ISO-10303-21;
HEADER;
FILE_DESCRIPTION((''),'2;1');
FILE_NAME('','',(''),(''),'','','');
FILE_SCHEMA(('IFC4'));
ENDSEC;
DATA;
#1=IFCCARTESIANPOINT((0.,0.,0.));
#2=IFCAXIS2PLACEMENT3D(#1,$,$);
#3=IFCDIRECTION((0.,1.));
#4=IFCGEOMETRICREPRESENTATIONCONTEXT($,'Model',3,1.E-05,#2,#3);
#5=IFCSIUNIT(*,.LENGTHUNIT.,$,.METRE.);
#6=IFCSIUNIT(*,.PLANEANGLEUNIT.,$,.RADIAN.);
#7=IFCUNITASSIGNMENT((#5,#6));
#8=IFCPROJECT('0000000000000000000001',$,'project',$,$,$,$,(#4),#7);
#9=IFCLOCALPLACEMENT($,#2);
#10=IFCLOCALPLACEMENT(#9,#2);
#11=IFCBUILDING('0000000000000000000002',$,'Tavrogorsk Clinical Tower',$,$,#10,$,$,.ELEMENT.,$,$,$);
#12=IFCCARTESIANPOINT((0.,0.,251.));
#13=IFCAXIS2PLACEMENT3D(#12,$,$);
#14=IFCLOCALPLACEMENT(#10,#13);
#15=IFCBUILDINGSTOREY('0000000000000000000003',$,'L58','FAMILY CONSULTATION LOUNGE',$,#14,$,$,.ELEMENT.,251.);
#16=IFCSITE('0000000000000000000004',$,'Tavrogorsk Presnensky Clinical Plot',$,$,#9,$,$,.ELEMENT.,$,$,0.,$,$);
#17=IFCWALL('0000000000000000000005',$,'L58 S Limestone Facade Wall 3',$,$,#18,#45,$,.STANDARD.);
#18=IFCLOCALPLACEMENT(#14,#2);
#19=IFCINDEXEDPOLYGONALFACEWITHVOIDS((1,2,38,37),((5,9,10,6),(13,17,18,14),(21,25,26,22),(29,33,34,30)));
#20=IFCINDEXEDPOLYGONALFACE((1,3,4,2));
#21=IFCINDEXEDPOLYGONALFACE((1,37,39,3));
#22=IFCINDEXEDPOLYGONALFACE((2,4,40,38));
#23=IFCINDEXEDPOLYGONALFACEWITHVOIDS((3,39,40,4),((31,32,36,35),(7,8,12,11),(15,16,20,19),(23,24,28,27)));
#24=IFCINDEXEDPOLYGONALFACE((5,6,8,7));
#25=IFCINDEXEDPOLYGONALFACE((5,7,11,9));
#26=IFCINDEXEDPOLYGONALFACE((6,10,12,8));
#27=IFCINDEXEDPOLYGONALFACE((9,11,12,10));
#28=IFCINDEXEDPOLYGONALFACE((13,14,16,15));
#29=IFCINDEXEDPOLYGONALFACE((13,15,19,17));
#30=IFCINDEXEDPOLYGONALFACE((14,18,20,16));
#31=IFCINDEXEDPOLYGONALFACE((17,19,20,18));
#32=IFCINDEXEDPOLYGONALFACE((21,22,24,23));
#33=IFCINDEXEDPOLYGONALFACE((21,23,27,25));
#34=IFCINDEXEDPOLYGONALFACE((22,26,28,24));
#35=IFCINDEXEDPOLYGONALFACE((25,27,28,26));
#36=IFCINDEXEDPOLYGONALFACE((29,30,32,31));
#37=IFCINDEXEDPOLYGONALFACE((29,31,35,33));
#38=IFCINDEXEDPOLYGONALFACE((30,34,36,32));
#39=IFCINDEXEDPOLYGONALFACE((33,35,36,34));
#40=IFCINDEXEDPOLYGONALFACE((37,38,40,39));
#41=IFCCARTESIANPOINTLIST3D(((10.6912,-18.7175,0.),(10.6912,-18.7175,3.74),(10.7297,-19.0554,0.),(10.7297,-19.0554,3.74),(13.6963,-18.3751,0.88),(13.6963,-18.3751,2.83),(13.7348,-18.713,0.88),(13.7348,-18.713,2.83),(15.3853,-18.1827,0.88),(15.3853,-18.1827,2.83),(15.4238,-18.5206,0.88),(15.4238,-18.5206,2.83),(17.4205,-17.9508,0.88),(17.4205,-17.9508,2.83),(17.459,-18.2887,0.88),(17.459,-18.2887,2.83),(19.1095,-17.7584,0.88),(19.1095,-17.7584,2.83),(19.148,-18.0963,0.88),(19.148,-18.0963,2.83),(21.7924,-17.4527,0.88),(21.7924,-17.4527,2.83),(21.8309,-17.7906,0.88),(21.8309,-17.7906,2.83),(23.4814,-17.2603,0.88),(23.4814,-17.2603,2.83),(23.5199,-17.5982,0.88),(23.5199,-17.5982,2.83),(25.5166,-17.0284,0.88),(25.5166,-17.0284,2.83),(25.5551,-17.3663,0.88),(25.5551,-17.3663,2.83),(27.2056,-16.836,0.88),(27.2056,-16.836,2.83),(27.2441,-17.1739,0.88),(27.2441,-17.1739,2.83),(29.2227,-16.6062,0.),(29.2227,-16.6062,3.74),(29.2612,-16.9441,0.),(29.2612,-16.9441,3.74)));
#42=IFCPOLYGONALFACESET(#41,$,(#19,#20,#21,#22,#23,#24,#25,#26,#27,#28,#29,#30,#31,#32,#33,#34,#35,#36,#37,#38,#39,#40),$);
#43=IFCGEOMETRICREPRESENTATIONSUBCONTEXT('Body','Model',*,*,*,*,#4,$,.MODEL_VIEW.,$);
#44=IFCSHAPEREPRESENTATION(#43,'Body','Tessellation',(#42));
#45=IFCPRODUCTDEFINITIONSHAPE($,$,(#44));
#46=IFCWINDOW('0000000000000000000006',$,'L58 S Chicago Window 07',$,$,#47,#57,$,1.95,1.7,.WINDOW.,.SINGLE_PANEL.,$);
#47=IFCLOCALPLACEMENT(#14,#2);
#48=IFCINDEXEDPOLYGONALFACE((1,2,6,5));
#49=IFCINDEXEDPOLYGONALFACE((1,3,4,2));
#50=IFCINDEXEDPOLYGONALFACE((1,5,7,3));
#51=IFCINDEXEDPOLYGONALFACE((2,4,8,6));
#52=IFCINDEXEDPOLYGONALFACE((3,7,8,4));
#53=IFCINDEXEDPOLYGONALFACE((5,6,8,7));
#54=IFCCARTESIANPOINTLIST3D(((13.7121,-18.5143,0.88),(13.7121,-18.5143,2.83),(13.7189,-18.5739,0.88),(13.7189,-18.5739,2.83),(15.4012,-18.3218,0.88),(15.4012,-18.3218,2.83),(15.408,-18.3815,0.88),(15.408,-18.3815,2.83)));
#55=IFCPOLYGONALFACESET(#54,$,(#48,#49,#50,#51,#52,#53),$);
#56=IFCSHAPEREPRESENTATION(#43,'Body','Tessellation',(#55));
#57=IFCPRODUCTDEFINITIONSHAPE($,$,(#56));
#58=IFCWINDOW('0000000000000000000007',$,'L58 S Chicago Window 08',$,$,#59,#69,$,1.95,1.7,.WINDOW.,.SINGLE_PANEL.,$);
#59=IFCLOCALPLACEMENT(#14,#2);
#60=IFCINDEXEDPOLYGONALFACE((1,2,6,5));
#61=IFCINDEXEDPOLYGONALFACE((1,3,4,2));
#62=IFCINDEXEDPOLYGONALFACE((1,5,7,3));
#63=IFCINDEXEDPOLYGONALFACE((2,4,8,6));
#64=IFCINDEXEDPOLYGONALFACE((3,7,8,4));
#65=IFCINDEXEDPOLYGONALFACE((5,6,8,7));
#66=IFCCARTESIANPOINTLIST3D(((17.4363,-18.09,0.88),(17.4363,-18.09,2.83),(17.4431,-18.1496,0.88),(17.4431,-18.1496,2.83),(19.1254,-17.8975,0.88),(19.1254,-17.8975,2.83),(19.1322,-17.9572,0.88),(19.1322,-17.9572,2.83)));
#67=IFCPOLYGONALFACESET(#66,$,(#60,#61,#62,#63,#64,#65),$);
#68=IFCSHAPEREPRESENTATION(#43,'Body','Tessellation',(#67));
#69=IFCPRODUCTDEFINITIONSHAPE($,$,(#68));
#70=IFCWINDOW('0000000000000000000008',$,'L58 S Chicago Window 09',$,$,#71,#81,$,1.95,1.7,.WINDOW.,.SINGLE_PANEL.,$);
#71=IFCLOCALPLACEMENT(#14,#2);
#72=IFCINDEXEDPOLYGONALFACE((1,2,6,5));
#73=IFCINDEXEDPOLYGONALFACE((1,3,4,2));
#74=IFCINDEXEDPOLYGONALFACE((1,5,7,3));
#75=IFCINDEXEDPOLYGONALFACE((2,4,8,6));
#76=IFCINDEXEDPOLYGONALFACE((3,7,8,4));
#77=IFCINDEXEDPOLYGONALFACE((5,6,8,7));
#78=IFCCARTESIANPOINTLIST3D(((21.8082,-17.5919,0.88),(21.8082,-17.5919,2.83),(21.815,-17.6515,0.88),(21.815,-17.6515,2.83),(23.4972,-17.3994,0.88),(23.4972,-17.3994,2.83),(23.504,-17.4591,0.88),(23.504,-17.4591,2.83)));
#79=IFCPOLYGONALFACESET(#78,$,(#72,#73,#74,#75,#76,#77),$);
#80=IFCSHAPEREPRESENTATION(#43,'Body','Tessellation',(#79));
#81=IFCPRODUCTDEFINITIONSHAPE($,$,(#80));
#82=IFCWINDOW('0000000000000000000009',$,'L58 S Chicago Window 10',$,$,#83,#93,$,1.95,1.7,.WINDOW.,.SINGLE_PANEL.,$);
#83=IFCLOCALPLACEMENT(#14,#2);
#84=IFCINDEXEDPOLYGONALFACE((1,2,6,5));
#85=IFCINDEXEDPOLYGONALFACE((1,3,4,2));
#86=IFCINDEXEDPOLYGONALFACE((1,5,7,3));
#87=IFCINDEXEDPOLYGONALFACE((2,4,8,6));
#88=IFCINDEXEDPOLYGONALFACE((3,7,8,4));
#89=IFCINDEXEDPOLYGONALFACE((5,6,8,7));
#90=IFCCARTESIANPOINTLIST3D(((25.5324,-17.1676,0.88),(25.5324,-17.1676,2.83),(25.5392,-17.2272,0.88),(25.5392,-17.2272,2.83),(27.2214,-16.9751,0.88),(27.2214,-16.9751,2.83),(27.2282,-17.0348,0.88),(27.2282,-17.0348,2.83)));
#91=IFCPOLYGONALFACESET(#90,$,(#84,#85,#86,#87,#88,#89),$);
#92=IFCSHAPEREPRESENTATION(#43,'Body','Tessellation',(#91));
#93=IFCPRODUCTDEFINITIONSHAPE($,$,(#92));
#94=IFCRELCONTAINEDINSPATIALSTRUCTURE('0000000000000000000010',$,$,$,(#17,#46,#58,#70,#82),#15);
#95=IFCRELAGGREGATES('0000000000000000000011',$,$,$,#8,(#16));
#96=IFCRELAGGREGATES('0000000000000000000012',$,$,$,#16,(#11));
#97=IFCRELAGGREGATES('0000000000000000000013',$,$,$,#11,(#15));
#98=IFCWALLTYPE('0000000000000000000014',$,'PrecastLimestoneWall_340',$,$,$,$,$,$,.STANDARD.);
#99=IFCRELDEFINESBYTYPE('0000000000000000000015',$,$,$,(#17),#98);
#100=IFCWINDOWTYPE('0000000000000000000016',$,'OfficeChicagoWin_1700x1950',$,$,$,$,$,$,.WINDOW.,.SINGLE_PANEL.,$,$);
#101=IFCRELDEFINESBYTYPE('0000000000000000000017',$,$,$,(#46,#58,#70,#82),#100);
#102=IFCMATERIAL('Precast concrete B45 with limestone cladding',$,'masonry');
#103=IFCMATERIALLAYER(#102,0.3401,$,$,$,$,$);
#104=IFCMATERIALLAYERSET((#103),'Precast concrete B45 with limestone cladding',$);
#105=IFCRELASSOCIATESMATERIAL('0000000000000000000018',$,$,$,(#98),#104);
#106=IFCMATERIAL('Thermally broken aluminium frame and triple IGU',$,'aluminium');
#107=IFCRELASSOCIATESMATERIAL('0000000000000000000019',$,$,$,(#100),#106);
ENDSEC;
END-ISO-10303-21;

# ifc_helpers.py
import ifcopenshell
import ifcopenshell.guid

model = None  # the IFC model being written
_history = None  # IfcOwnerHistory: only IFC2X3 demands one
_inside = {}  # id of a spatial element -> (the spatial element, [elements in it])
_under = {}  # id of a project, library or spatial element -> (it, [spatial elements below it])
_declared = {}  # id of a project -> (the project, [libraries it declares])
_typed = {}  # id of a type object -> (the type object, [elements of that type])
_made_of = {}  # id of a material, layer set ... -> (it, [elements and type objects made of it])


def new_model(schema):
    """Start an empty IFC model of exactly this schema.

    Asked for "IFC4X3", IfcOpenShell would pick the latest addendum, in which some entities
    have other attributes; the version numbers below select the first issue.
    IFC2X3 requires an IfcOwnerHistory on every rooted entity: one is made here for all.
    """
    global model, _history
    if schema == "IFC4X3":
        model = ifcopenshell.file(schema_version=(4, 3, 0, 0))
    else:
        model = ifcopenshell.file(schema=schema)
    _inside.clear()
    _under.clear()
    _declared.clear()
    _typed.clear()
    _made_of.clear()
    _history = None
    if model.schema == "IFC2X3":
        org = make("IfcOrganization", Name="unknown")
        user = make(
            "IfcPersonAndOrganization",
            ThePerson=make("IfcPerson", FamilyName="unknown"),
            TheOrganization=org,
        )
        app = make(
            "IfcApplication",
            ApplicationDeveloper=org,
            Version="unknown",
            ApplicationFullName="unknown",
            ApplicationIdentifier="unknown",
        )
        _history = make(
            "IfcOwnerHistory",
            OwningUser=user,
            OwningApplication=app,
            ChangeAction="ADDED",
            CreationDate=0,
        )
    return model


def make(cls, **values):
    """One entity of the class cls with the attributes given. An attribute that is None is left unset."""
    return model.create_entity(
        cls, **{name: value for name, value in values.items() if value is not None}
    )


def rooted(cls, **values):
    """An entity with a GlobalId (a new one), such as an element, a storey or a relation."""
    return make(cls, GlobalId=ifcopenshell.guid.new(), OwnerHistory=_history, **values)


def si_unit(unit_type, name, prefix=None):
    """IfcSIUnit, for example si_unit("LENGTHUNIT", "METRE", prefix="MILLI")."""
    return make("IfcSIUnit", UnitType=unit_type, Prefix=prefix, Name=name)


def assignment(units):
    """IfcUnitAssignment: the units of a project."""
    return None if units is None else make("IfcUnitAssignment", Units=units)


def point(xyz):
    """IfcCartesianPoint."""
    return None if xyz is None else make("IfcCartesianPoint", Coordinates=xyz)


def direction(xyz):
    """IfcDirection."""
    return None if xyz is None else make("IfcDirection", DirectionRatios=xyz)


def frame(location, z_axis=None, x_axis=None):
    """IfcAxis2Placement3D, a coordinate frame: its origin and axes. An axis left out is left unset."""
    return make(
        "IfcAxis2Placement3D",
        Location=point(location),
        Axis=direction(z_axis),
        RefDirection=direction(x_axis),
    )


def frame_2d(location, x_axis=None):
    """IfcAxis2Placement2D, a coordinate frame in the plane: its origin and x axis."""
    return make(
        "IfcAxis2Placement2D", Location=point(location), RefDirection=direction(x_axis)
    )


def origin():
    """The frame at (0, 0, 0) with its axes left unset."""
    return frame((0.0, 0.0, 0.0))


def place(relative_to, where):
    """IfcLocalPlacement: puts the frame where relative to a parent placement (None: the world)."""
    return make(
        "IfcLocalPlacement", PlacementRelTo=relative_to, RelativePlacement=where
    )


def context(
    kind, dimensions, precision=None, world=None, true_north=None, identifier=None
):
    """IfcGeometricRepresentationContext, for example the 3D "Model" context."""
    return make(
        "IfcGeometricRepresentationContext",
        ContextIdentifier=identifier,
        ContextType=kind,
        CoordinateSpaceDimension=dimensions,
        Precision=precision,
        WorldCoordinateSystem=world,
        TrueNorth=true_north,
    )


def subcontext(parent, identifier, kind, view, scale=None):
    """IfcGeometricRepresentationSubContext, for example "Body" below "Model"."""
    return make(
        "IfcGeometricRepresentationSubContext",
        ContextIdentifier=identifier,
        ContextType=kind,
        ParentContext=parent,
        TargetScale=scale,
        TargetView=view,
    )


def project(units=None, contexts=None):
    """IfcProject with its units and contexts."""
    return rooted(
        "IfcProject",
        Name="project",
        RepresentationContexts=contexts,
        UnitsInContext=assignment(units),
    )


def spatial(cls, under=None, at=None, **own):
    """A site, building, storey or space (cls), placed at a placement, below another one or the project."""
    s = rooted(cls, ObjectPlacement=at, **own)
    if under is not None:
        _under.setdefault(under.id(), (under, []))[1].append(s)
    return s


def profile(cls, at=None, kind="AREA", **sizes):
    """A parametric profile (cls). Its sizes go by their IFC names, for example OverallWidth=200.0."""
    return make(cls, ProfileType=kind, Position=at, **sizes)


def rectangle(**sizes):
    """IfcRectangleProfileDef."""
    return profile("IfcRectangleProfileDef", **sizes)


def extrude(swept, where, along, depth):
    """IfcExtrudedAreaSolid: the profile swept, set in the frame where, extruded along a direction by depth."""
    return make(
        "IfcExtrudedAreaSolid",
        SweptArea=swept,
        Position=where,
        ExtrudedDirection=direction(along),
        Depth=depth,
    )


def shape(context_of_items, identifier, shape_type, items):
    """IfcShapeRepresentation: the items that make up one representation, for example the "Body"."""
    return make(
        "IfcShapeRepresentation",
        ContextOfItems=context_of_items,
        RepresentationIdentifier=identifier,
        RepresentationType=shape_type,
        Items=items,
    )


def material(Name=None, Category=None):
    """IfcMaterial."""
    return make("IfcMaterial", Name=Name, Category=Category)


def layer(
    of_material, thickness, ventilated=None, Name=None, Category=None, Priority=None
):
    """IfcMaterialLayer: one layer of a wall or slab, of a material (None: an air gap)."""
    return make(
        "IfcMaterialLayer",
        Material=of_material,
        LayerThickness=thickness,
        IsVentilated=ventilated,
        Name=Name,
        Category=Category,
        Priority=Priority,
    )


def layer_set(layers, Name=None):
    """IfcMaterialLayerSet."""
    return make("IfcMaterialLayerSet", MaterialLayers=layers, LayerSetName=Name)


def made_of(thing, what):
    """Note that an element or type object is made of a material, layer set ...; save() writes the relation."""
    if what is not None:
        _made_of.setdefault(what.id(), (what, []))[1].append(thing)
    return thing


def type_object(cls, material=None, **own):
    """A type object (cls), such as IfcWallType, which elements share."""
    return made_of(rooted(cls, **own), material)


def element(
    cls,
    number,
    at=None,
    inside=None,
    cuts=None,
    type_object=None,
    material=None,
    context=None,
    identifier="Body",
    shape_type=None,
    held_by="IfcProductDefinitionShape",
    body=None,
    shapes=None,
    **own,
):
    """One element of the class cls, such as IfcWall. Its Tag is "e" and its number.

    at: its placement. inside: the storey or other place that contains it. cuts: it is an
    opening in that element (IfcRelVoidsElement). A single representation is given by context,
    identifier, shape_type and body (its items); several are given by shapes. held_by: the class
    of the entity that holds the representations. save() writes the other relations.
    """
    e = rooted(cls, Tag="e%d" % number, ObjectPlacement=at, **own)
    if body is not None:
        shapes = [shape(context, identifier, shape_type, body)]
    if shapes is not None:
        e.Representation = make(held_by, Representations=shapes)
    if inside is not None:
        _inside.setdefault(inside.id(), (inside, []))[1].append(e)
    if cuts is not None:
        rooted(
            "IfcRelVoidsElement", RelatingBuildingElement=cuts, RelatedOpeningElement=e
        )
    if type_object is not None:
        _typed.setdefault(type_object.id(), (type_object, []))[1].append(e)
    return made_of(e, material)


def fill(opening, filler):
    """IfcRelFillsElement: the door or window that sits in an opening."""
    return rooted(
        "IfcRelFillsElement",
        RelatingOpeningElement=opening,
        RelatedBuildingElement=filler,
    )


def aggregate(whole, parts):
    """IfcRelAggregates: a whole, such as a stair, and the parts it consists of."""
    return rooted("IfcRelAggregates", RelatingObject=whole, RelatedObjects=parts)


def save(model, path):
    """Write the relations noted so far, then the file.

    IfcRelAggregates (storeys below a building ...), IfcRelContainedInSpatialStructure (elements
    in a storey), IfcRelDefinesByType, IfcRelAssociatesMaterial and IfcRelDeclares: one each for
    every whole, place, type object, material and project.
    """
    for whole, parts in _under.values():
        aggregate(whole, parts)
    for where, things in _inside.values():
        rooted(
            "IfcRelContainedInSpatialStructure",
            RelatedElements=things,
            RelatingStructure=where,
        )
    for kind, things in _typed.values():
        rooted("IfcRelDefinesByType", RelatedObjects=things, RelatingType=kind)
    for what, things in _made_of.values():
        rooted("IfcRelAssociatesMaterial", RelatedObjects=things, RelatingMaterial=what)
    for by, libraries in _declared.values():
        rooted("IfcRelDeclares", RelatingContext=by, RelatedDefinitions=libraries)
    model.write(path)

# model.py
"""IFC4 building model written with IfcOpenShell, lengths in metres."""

from ifc_helpers import new_model, si_unit, direction, frame, frame_2d, origin, place, context, subcontext, project, spatial, rectangle, extrude, material, layer, layer_set, type_object, element, fill, save


model = new_model("IFC4")

# Units and contexts
model_context = context("Model", 3, precision=1e-05, world=origin(), true_north=direction((0.0, 1.0)))
body_context = subcontext(model_context, "Body", "Model", "MODEL_VIEW")
ifc_project = project(units=[si_unit("LENGTHUNIT", "METRE"), si_unit("PLANEANGLEUNIT", "RADIAN")], contexts=[model_context])

# Site, building, storey
site_placement = place(None, origin())
site = spatial("IfcSite", under=ifc_project, at=site_placement, Name="Tavrogorsk Presnensky Clinical Plot", CompositionType="ELEMENT", RefElevation=0.0)
building_placement = place(site_placement, origin())
building = spatial("IfcBuilding", under=site, at=building_placement, Name="Tavrogorsk Clinical Tower", CompositionType="ELEMENT")
storey_placement = place(building_placement, frame((0.0, 0.0, 251.0)))
storey = spatial("IfcBuildingStorey", under=building, at=storey_placement, Name="L58", Description="FAMILY CONSULTATION LOUNGE", CompositionType="ELEMENT", Elevation=251.0)

# Wall, openings, windows
ifc_material_1 = material(Name="Precast concrete B45 with limestone cladding", Category="masonry")
ifc_layer_1 = layer(ifc_material_1, 0.3401)
ifc_layer_set_1 = layer_set([ifc_layer_1], Name="Precast concrete B45 with limestone cladding")
wall_type_1 = type_object("IfcWallType", Name="PrecastLimestoneWall_340", PredefinedType="STANDARD", material=ifc_layer_set_1)
wall_1_placement = place(storey_placement, frame((10.7104, -18.8865, 0.0), z_axis=(0.0, 0.0, 1.0), x_axis=(0.993572, 0.1132, 0.0)))
wall_1 = element("IfcWall", 1, at=wall_1_placement, inside=storey, type_object=wall_type_1, Name="L58 S Limestone Facade Wall 3", PredefinedType="STANDARD", context=body_context, shape_type="SweptSolid", body=[
    extrude(rectangle(XDim=18.6514, YDim=0.3401, at=frame_2d((9.3257, 0.0))), origin(), (0.0, 0.0, 1.0), 3.74),
])
opening_1_placement = place(wall_1_placement, frame((3.0244, 0.0, 0.8799)))
opening_1 = element("IfcOpeningElement", 2, at=opening_1_placement, cuts=wall_1, PredefinedType="OPENING", context=body_context, shape_type="SweptSolid", body=[
    extrude(rectangle(XDim=1.7, YDim=1.95, at=frame_2d((0.8501, 0.9751))), frame((0.0, 0.1799, 0.0), z_axis=(0.0, -1.0, 0.0), x_axis=(1.0, 0.0, 0.0)), (0.0, 0.0, 1.0), 0.3601),
])
opening_2_placement = place(wall_1_placement, frame((6.7727, 0.0, 0.8799)))
opening_2 = element("IfcOpeningElement", 3, at=opening_2_placement, cuts=wall_1, PredefinedType="OPENING", context=body_context, shape_type="SweptSolid", body=[
    extrude(rectangle(XDim=1.7, YDim=1.95, at=frame_2d((0.8501, 0.9751))), frame((0.0, 0.1799, 0.0), z_axis=(0.0, -1.0, 0.0), x_axis=(1.0, 0.0, 0.0)), (0.0, 0.0, 1.0), 0.3601),
])
opening_3_placement = place(wall_1_placement, frame((11.1729, 0.0, 0.8799)))
opening_3 = element("IfcOpeningElement", 4, at=opening_3_placement, cuts=wall_1, PredefinedType="OPENING", context=body_context, shape_type="SweptSolid", body=[
    extrude(rectangle(XDim=1.7, YDim=1.95, at=frame_2d((0.8501, 0.9751))), frame((0.0, 0.1799, 0.0), z_axis=(0.0, -1.0, 0.0), x_axis=(1.0, 0.0, 0.0)), (0.0, 0.0, 1.0), 0.3601),
])
opening_4_placement = place(wall_1_placement, frame((14.9211, 0.0, 0.8799)))
opening_4 = element("IfcOpeningElement", 5, at=opening_4_placement, cuts=wall_1, PredefinedType="OPENING", context=body_context, shape_type="SweptSolid", body=[
    extrude(rectangle(XDim=1.7, YDim=1.95, at=frame_2d((0.8501, 0.9751))), frame((0.0, 0.1799, 0.0), z_axis=(0.0, -1.0, 0.0), x_axis=(1.0, 0.0, 0.0)), (0.0, 0.0, 1.0), 0.3601),
])
ifc_material_2 = material(Name="Thermally broken aluminium frame and triple IGU", Category="aluminium")
window_type = type_object("IfcWindowType", Name="OfficeChicagoWin_1700x1950", PartitioningType="SINGLE_PANEL", PredefinedType="WINDOW", material=ifc_material_2)
window_1_placement = place(opening_1_placement, origin())
window_1 = element("IfcWindow", 6, at=window_1_placement, inside=storey, type_object=window_type, Name="L58 S Chicago Window 07", OverallHeight=1.95, OverallWidth=1.7, PartitioningType="SINGLE_PANEL", PredefinedType="WINDOW", context=body_context, shape_type="SweptSolid", body=[
    extrude(rectangle(XDim=1.7, YDim=1.95, at=frame_2d((0.8501, 0.9751))), frame((0.0, 0.03, 0.0), z_axis=(0.0, -1.0, 0.0), x_axis=(1.0, 0.0, 0.0)), (0.0, 0.0, 1.0), 0.0601),
])
fill(opening_1, window_1)
window_2_placement = place(opening_2_placement, origin())
window_2 = element("IfcWindow", 7, at=window_2_placement, inside=storey, type_object=window_type, Name="L58 S Chicago Window 08", OverallHeight=1.95, OverallWidth=1.7, PartitioningType="SINGLE_PANEL", PredefinedType="WINDOW", context=body_context, shape_type="SweptSolid", body=[
    extrude(rectangle(XDim=1.7, YDim=1.95, at=frame_2d((0.8501, 0.9751))), frame((0.0, 0.03, 0.0), z_axis=(0.0, -1.0, 0.0), x_axis=(1.0, 0.0, 0.0)), (0.0, 0.0, 1.0), 0.0601),
])
fill(opening_2, window_2)
window_3_placement = place(opening_3_placement, origin())
window_3 = element("IfcWindow", 8, at=window_3_placement, inside=storey, type_object=window_type, Name="L58 S Chicago Window 09", OverallHeight=1.95, OverallWidth=1.7, PartitioningType="SINGLE_PANEL", PredefinedType="WINDOW", context=body_context, shape_type="SweptSolid", body=[
    extrude(rectangle(XDim=1.7, YDim=1.95, at=frame_2d((0.8501, 0.9751))), frame((0.0, 0.03, 0.0), z_axis=(0.0, -1.0, 0.0), x_axis=(1.0, 0.0, 0.0)), (0.0, 0.0, 1.0), 0.0601),
])
fill(opening_3, window_3)
window_4_placement = place(opening_4_placement, origin())
window_4 = element("IfcWindow", 9, at=window_4_placement, inside=storey, type_object=window_type, Name="L58 S Chicago Window 10", OverallHeight=1.95, OverallWidth=1.7, PartitioningType="SINGLE_PANEL", PredefinedType="WINDOW", context=body_context, shape_type="SweptSolid", body=[
    extrude(rectangle(XDim=1.7, YDim=1.95, at=frame_2d((0.8501, 0.9751))), frame((0.0, 0.03, 0.0), z_axis=(0.0, -1.0, 0.0), x_axis=(1.0, 0.0, 0.0)), (0.0, 0.0, 1.0), 0.0601),
])
fill(opening_4, window_4)

save(model, "model.ifc")
